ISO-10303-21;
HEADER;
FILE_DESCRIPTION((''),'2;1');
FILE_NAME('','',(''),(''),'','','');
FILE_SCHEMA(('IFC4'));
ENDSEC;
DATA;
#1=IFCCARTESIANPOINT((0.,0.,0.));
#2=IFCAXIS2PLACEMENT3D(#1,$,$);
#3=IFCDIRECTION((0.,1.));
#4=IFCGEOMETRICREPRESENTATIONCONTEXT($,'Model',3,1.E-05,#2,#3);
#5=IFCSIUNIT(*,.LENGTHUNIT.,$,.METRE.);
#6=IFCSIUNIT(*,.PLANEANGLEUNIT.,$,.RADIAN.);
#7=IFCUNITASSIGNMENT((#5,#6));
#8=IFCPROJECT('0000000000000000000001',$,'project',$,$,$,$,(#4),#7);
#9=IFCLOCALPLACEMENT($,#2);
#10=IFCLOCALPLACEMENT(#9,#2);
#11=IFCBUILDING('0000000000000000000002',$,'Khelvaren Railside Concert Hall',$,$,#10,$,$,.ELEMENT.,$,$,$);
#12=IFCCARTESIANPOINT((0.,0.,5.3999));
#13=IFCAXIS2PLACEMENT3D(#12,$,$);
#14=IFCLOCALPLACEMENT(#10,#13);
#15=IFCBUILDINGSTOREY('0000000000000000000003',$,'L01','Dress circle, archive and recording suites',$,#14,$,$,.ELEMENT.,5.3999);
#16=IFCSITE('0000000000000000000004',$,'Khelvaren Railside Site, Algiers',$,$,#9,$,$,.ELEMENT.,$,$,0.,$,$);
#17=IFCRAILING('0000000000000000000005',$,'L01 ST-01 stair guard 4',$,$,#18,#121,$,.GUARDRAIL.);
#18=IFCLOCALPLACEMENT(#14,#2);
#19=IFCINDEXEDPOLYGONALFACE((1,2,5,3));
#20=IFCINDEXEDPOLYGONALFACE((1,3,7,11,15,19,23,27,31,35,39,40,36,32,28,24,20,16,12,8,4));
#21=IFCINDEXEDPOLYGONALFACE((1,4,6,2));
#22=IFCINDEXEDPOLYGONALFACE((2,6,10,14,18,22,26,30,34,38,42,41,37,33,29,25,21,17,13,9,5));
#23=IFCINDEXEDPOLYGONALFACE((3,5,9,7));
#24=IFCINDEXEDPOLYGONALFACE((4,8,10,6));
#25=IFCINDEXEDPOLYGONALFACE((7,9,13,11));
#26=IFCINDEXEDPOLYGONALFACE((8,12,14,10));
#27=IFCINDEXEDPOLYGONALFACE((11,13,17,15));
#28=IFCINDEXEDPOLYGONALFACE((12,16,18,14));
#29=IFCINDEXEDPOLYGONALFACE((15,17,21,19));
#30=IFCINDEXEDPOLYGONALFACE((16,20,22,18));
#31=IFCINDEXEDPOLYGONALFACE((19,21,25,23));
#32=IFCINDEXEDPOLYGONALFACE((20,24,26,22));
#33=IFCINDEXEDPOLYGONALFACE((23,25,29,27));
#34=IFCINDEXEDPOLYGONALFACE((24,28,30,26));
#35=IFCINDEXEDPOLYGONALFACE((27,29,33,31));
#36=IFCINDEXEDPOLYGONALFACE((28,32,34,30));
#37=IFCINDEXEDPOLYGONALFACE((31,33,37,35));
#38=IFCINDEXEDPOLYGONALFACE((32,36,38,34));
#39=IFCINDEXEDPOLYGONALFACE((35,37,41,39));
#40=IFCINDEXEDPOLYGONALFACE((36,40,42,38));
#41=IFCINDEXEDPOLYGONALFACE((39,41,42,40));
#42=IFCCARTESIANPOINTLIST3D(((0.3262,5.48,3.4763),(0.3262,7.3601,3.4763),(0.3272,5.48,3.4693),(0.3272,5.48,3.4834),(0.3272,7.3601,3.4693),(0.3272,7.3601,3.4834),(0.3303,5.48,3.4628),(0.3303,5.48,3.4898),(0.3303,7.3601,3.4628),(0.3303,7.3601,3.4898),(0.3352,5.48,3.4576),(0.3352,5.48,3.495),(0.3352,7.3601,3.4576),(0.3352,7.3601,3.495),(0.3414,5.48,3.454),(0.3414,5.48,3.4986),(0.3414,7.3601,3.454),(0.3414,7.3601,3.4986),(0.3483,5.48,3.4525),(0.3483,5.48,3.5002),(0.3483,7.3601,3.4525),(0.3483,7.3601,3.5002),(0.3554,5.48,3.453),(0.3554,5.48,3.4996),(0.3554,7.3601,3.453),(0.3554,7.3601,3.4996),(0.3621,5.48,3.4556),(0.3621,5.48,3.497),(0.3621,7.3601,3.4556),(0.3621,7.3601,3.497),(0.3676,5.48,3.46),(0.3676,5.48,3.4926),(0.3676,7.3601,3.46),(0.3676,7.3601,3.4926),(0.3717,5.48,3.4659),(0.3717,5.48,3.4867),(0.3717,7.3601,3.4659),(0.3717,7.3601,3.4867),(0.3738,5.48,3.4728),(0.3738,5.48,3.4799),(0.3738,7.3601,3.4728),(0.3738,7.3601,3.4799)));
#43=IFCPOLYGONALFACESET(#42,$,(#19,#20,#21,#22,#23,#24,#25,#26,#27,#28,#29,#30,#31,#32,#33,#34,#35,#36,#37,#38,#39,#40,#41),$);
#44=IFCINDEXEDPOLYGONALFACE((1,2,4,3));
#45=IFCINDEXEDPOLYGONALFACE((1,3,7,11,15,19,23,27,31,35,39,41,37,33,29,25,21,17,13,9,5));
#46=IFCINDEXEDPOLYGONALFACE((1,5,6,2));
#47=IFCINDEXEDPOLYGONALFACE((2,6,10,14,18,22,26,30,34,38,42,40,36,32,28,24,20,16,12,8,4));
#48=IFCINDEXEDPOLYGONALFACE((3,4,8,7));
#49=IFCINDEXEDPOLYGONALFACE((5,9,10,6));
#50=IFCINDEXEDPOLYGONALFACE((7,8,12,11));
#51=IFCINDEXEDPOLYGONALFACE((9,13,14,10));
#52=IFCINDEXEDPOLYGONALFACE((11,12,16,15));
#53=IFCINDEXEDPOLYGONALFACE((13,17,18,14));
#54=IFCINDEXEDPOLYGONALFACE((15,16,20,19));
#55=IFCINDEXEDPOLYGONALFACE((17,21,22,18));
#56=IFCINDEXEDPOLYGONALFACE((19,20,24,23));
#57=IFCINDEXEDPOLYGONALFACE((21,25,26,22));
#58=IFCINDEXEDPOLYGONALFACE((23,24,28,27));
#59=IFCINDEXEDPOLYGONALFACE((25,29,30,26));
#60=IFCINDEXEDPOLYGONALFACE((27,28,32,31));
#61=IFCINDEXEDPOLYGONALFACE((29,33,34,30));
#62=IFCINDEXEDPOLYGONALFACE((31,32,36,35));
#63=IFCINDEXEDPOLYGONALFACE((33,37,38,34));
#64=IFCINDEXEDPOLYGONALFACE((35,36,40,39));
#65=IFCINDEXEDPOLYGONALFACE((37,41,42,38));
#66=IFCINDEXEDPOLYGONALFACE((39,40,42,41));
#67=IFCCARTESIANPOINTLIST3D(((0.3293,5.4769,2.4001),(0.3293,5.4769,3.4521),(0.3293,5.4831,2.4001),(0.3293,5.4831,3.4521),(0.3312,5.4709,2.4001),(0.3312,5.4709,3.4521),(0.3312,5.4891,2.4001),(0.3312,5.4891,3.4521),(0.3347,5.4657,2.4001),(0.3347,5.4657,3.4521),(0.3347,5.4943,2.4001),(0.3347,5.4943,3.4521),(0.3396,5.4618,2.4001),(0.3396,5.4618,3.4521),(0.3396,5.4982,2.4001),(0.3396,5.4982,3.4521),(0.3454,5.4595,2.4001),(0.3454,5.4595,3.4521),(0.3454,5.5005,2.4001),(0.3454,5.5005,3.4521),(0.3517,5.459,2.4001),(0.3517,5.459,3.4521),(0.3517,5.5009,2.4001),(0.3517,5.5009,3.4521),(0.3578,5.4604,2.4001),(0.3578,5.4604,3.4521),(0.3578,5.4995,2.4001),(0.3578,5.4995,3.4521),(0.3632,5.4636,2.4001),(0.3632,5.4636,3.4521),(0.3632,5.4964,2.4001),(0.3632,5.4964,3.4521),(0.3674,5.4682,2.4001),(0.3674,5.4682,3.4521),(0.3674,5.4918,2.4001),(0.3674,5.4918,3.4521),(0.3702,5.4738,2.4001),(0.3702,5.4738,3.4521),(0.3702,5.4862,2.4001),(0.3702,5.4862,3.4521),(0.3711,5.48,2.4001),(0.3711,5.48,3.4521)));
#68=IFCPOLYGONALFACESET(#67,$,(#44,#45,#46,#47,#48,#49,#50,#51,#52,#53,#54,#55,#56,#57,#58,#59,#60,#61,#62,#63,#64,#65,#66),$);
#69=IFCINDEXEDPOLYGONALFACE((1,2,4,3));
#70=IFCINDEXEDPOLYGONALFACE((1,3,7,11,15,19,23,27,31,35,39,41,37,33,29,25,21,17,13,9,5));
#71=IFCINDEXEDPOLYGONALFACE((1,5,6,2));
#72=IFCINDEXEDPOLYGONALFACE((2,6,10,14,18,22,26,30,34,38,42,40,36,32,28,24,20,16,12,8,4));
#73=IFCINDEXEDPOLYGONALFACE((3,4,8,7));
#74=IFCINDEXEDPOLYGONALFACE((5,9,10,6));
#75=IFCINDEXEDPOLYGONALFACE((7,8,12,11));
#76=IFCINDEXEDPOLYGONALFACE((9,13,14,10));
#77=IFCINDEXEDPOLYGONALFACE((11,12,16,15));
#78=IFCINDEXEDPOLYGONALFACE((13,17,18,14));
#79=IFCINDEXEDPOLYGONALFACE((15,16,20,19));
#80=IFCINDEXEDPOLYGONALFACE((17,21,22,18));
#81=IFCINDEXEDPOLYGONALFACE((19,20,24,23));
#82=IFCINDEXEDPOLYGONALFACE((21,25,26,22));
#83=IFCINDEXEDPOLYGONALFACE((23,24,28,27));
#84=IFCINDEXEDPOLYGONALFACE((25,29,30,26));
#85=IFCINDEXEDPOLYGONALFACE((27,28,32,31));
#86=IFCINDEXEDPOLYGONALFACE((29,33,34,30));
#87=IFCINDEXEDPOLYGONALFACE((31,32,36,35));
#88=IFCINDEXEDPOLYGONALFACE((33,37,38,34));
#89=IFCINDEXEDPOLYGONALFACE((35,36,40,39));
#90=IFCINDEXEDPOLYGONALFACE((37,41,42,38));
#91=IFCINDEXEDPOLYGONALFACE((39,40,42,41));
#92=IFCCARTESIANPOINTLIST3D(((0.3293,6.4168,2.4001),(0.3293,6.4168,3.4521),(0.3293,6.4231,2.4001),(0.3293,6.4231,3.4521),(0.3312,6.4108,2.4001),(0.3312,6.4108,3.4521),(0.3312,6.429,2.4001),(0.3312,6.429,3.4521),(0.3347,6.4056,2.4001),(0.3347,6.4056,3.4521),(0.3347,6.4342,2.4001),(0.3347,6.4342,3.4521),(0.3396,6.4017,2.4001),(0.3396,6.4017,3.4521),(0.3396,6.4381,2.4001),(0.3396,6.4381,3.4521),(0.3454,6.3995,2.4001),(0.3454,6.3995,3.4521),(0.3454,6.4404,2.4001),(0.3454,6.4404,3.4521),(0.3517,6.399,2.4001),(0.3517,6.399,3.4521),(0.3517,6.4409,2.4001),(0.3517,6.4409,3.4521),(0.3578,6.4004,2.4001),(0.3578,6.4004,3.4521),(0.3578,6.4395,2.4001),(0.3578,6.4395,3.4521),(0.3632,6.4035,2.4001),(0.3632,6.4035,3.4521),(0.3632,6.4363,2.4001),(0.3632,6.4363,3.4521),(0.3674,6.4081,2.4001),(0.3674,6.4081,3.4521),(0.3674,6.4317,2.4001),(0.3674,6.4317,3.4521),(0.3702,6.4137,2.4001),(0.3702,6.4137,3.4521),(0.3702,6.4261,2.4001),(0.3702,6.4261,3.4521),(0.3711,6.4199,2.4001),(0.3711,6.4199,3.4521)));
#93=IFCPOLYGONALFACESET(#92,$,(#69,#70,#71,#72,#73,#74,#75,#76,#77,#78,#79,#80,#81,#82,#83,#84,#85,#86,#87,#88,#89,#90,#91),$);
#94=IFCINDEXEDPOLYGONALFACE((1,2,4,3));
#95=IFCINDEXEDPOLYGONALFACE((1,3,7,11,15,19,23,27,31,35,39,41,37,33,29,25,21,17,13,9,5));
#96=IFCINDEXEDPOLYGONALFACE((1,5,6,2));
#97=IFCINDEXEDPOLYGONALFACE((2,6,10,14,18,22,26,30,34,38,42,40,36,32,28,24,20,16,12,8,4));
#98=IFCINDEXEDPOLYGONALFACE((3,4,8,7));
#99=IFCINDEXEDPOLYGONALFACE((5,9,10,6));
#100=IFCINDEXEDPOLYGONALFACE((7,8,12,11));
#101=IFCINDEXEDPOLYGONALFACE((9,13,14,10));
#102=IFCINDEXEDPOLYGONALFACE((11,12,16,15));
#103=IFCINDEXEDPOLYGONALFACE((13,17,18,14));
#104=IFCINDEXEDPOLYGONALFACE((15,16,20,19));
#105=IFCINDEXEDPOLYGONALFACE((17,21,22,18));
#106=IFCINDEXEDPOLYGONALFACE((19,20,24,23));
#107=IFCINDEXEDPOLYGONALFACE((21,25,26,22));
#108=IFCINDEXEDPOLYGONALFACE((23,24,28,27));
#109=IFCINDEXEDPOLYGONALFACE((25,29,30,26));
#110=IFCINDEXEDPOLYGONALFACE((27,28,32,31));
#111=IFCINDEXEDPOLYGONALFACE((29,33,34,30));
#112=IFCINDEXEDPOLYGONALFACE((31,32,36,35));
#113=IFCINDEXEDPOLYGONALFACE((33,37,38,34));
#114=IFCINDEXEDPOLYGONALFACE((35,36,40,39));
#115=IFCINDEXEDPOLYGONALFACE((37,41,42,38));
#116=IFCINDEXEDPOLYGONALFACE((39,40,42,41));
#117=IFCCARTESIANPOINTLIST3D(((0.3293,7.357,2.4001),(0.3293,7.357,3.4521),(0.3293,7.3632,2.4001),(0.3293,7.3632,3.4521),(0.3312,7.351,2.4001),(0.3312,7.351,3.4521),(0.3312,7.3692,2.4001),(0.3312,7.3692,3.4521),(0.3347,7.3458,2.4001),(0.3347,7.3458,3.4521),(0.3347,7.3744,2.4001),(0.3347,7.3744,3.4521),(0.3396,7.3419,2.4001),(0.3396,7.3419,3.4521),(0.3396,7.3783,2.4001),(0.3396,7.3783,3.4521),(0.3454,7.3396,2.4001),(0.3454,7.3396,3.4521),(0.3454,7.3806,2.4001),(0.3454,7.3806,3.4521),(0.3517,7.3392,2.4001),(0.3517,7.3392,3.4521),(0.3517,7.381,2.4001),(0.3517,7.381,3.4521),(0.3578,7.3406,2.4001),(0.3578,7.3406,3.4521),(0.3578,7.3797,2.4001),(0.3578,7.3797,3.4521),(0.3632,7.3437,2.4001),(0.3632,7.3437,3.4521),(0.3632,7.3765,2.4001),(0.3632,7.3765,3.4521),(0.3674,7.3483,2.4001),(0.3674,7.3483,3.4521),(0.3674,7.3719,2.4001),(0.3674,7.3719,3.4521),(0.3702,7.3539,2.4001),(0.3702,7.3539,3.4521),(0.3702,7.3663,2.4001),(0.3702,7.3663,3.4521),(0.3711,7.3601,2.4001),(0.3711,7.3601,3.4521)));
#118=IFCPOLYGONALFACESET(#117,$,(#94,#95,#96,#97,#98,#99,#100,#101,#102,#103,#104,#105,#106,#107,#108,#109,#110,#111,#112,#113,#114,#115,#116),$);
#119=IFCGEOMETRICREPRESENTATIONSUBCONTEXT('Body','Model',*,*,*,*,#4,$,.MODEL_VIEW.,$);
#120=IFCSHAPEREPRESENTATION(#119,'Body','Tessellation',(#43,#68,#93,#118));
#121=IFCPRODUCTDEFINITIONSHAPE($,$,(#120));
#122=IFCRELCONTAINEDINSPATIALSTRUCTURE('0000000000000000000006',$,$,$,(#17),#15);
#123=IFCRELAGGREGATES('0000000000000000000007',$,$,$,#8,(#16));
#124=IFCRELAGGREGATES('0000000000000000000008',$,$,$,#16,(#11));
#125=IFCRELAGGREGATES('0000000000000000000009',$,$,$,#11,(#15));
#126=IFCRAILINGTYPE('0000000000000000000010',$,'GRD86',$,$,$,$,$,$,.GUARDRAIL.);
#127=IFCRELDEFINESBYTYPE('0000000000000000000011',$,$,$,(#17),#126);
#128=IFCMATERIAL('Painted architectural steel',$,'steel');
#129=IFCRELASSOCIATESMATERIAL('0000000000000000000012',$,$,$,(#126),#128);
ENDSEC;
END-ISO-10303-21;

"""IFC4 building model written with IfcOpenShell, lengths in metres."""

from ifc_helpers import new_model, si_unit, direction, frame, origin, origin_2d, place, context, subcontext, project, spatial, circle, extrude, material, type_object, element, save


model = new_model("IFC4")

# Units and contexts
model_context = context("Model", 3, precision=1e-05, world=origin(), true_north=direction((0.0, 1.0)))
body_context = subcontext(model_context, "Body", "Model", "MODEL_VIEW")
ifc_project = project(units=[si_unit("LENGTHUNIT", "METRE"), si_unit("PLANEANGLEUNIT", "RADIAN")], contexts=[model_context])

# Site, building, storey
site_placement = place(None, origin())
site = spatial("IfcSite", under=ifc_project, at=site_placement, Name="Khelvaren Railside Site, Algiers", CompositionType="ELEMENT", RefElevation=0.0)
building_placement = place(site_placement, origin())
building = spatial("IfcBuilding", under=site, at=building_placement, Name="Khelvaren Railside Concert Hall", CompositionType="ELEMENT")
storey_placement = place(building_placement, frame((0.0, 0.0, 5.3999)))
storey = spatial("IfcBuildingStorey", under=building, at=storey_placement, Name="L01", Description="Dress circle, archive and recording suites", CompositionType="ELEMENT", Elevation=5.3999)

# Railing
ifc_material_1 = material(Name="Painted architectural steel", Category="steel")
railing_type_1 = type_object("IfcRailingType", Name="GRD86", PredefinedType="GUARDRAIL", material=ifc_material_1)
for number, where, name in (
    (1, (0.3501, 5.48, 2.4001), "L01 ST-01 stair guard 4"),
):
    element("IfcRailing", number, at=place(storey_placement, frame(where)), inside=storey, type_object=railing_type_1, Name=name, PredefinedType="GUARDRAIL", context=body_context, shape_type="SweptSolid", body=[
        extrude(circle(Radius=0.0239, at=origin_2d()), frame((0.0, 0.0, 1.0762), z_axis=(0.0, 1.0, 0.0), x_axis=(-1.0, 0.0, 0.0)), (0.0, 0.0, 1.0), 1.8801),
        extrude(circle(Radius=0.021, at=origin_2d()), origin(), (0.0, 0.0, 1.0), 1.052),
        extrude(circle(Radius=0.021, at=origin_2d()), frame((0.0, 0.9399, 0.0)), (0.0, 0.0, 1.0), 1.052),
        extrude(circle(Radius=0.021, at=origin_2d()), frame((0.0, 1.8801, 0.0)), (0.0, 0.0, 1.0), 1.052),
    ])

save(model, "model.ifc")
